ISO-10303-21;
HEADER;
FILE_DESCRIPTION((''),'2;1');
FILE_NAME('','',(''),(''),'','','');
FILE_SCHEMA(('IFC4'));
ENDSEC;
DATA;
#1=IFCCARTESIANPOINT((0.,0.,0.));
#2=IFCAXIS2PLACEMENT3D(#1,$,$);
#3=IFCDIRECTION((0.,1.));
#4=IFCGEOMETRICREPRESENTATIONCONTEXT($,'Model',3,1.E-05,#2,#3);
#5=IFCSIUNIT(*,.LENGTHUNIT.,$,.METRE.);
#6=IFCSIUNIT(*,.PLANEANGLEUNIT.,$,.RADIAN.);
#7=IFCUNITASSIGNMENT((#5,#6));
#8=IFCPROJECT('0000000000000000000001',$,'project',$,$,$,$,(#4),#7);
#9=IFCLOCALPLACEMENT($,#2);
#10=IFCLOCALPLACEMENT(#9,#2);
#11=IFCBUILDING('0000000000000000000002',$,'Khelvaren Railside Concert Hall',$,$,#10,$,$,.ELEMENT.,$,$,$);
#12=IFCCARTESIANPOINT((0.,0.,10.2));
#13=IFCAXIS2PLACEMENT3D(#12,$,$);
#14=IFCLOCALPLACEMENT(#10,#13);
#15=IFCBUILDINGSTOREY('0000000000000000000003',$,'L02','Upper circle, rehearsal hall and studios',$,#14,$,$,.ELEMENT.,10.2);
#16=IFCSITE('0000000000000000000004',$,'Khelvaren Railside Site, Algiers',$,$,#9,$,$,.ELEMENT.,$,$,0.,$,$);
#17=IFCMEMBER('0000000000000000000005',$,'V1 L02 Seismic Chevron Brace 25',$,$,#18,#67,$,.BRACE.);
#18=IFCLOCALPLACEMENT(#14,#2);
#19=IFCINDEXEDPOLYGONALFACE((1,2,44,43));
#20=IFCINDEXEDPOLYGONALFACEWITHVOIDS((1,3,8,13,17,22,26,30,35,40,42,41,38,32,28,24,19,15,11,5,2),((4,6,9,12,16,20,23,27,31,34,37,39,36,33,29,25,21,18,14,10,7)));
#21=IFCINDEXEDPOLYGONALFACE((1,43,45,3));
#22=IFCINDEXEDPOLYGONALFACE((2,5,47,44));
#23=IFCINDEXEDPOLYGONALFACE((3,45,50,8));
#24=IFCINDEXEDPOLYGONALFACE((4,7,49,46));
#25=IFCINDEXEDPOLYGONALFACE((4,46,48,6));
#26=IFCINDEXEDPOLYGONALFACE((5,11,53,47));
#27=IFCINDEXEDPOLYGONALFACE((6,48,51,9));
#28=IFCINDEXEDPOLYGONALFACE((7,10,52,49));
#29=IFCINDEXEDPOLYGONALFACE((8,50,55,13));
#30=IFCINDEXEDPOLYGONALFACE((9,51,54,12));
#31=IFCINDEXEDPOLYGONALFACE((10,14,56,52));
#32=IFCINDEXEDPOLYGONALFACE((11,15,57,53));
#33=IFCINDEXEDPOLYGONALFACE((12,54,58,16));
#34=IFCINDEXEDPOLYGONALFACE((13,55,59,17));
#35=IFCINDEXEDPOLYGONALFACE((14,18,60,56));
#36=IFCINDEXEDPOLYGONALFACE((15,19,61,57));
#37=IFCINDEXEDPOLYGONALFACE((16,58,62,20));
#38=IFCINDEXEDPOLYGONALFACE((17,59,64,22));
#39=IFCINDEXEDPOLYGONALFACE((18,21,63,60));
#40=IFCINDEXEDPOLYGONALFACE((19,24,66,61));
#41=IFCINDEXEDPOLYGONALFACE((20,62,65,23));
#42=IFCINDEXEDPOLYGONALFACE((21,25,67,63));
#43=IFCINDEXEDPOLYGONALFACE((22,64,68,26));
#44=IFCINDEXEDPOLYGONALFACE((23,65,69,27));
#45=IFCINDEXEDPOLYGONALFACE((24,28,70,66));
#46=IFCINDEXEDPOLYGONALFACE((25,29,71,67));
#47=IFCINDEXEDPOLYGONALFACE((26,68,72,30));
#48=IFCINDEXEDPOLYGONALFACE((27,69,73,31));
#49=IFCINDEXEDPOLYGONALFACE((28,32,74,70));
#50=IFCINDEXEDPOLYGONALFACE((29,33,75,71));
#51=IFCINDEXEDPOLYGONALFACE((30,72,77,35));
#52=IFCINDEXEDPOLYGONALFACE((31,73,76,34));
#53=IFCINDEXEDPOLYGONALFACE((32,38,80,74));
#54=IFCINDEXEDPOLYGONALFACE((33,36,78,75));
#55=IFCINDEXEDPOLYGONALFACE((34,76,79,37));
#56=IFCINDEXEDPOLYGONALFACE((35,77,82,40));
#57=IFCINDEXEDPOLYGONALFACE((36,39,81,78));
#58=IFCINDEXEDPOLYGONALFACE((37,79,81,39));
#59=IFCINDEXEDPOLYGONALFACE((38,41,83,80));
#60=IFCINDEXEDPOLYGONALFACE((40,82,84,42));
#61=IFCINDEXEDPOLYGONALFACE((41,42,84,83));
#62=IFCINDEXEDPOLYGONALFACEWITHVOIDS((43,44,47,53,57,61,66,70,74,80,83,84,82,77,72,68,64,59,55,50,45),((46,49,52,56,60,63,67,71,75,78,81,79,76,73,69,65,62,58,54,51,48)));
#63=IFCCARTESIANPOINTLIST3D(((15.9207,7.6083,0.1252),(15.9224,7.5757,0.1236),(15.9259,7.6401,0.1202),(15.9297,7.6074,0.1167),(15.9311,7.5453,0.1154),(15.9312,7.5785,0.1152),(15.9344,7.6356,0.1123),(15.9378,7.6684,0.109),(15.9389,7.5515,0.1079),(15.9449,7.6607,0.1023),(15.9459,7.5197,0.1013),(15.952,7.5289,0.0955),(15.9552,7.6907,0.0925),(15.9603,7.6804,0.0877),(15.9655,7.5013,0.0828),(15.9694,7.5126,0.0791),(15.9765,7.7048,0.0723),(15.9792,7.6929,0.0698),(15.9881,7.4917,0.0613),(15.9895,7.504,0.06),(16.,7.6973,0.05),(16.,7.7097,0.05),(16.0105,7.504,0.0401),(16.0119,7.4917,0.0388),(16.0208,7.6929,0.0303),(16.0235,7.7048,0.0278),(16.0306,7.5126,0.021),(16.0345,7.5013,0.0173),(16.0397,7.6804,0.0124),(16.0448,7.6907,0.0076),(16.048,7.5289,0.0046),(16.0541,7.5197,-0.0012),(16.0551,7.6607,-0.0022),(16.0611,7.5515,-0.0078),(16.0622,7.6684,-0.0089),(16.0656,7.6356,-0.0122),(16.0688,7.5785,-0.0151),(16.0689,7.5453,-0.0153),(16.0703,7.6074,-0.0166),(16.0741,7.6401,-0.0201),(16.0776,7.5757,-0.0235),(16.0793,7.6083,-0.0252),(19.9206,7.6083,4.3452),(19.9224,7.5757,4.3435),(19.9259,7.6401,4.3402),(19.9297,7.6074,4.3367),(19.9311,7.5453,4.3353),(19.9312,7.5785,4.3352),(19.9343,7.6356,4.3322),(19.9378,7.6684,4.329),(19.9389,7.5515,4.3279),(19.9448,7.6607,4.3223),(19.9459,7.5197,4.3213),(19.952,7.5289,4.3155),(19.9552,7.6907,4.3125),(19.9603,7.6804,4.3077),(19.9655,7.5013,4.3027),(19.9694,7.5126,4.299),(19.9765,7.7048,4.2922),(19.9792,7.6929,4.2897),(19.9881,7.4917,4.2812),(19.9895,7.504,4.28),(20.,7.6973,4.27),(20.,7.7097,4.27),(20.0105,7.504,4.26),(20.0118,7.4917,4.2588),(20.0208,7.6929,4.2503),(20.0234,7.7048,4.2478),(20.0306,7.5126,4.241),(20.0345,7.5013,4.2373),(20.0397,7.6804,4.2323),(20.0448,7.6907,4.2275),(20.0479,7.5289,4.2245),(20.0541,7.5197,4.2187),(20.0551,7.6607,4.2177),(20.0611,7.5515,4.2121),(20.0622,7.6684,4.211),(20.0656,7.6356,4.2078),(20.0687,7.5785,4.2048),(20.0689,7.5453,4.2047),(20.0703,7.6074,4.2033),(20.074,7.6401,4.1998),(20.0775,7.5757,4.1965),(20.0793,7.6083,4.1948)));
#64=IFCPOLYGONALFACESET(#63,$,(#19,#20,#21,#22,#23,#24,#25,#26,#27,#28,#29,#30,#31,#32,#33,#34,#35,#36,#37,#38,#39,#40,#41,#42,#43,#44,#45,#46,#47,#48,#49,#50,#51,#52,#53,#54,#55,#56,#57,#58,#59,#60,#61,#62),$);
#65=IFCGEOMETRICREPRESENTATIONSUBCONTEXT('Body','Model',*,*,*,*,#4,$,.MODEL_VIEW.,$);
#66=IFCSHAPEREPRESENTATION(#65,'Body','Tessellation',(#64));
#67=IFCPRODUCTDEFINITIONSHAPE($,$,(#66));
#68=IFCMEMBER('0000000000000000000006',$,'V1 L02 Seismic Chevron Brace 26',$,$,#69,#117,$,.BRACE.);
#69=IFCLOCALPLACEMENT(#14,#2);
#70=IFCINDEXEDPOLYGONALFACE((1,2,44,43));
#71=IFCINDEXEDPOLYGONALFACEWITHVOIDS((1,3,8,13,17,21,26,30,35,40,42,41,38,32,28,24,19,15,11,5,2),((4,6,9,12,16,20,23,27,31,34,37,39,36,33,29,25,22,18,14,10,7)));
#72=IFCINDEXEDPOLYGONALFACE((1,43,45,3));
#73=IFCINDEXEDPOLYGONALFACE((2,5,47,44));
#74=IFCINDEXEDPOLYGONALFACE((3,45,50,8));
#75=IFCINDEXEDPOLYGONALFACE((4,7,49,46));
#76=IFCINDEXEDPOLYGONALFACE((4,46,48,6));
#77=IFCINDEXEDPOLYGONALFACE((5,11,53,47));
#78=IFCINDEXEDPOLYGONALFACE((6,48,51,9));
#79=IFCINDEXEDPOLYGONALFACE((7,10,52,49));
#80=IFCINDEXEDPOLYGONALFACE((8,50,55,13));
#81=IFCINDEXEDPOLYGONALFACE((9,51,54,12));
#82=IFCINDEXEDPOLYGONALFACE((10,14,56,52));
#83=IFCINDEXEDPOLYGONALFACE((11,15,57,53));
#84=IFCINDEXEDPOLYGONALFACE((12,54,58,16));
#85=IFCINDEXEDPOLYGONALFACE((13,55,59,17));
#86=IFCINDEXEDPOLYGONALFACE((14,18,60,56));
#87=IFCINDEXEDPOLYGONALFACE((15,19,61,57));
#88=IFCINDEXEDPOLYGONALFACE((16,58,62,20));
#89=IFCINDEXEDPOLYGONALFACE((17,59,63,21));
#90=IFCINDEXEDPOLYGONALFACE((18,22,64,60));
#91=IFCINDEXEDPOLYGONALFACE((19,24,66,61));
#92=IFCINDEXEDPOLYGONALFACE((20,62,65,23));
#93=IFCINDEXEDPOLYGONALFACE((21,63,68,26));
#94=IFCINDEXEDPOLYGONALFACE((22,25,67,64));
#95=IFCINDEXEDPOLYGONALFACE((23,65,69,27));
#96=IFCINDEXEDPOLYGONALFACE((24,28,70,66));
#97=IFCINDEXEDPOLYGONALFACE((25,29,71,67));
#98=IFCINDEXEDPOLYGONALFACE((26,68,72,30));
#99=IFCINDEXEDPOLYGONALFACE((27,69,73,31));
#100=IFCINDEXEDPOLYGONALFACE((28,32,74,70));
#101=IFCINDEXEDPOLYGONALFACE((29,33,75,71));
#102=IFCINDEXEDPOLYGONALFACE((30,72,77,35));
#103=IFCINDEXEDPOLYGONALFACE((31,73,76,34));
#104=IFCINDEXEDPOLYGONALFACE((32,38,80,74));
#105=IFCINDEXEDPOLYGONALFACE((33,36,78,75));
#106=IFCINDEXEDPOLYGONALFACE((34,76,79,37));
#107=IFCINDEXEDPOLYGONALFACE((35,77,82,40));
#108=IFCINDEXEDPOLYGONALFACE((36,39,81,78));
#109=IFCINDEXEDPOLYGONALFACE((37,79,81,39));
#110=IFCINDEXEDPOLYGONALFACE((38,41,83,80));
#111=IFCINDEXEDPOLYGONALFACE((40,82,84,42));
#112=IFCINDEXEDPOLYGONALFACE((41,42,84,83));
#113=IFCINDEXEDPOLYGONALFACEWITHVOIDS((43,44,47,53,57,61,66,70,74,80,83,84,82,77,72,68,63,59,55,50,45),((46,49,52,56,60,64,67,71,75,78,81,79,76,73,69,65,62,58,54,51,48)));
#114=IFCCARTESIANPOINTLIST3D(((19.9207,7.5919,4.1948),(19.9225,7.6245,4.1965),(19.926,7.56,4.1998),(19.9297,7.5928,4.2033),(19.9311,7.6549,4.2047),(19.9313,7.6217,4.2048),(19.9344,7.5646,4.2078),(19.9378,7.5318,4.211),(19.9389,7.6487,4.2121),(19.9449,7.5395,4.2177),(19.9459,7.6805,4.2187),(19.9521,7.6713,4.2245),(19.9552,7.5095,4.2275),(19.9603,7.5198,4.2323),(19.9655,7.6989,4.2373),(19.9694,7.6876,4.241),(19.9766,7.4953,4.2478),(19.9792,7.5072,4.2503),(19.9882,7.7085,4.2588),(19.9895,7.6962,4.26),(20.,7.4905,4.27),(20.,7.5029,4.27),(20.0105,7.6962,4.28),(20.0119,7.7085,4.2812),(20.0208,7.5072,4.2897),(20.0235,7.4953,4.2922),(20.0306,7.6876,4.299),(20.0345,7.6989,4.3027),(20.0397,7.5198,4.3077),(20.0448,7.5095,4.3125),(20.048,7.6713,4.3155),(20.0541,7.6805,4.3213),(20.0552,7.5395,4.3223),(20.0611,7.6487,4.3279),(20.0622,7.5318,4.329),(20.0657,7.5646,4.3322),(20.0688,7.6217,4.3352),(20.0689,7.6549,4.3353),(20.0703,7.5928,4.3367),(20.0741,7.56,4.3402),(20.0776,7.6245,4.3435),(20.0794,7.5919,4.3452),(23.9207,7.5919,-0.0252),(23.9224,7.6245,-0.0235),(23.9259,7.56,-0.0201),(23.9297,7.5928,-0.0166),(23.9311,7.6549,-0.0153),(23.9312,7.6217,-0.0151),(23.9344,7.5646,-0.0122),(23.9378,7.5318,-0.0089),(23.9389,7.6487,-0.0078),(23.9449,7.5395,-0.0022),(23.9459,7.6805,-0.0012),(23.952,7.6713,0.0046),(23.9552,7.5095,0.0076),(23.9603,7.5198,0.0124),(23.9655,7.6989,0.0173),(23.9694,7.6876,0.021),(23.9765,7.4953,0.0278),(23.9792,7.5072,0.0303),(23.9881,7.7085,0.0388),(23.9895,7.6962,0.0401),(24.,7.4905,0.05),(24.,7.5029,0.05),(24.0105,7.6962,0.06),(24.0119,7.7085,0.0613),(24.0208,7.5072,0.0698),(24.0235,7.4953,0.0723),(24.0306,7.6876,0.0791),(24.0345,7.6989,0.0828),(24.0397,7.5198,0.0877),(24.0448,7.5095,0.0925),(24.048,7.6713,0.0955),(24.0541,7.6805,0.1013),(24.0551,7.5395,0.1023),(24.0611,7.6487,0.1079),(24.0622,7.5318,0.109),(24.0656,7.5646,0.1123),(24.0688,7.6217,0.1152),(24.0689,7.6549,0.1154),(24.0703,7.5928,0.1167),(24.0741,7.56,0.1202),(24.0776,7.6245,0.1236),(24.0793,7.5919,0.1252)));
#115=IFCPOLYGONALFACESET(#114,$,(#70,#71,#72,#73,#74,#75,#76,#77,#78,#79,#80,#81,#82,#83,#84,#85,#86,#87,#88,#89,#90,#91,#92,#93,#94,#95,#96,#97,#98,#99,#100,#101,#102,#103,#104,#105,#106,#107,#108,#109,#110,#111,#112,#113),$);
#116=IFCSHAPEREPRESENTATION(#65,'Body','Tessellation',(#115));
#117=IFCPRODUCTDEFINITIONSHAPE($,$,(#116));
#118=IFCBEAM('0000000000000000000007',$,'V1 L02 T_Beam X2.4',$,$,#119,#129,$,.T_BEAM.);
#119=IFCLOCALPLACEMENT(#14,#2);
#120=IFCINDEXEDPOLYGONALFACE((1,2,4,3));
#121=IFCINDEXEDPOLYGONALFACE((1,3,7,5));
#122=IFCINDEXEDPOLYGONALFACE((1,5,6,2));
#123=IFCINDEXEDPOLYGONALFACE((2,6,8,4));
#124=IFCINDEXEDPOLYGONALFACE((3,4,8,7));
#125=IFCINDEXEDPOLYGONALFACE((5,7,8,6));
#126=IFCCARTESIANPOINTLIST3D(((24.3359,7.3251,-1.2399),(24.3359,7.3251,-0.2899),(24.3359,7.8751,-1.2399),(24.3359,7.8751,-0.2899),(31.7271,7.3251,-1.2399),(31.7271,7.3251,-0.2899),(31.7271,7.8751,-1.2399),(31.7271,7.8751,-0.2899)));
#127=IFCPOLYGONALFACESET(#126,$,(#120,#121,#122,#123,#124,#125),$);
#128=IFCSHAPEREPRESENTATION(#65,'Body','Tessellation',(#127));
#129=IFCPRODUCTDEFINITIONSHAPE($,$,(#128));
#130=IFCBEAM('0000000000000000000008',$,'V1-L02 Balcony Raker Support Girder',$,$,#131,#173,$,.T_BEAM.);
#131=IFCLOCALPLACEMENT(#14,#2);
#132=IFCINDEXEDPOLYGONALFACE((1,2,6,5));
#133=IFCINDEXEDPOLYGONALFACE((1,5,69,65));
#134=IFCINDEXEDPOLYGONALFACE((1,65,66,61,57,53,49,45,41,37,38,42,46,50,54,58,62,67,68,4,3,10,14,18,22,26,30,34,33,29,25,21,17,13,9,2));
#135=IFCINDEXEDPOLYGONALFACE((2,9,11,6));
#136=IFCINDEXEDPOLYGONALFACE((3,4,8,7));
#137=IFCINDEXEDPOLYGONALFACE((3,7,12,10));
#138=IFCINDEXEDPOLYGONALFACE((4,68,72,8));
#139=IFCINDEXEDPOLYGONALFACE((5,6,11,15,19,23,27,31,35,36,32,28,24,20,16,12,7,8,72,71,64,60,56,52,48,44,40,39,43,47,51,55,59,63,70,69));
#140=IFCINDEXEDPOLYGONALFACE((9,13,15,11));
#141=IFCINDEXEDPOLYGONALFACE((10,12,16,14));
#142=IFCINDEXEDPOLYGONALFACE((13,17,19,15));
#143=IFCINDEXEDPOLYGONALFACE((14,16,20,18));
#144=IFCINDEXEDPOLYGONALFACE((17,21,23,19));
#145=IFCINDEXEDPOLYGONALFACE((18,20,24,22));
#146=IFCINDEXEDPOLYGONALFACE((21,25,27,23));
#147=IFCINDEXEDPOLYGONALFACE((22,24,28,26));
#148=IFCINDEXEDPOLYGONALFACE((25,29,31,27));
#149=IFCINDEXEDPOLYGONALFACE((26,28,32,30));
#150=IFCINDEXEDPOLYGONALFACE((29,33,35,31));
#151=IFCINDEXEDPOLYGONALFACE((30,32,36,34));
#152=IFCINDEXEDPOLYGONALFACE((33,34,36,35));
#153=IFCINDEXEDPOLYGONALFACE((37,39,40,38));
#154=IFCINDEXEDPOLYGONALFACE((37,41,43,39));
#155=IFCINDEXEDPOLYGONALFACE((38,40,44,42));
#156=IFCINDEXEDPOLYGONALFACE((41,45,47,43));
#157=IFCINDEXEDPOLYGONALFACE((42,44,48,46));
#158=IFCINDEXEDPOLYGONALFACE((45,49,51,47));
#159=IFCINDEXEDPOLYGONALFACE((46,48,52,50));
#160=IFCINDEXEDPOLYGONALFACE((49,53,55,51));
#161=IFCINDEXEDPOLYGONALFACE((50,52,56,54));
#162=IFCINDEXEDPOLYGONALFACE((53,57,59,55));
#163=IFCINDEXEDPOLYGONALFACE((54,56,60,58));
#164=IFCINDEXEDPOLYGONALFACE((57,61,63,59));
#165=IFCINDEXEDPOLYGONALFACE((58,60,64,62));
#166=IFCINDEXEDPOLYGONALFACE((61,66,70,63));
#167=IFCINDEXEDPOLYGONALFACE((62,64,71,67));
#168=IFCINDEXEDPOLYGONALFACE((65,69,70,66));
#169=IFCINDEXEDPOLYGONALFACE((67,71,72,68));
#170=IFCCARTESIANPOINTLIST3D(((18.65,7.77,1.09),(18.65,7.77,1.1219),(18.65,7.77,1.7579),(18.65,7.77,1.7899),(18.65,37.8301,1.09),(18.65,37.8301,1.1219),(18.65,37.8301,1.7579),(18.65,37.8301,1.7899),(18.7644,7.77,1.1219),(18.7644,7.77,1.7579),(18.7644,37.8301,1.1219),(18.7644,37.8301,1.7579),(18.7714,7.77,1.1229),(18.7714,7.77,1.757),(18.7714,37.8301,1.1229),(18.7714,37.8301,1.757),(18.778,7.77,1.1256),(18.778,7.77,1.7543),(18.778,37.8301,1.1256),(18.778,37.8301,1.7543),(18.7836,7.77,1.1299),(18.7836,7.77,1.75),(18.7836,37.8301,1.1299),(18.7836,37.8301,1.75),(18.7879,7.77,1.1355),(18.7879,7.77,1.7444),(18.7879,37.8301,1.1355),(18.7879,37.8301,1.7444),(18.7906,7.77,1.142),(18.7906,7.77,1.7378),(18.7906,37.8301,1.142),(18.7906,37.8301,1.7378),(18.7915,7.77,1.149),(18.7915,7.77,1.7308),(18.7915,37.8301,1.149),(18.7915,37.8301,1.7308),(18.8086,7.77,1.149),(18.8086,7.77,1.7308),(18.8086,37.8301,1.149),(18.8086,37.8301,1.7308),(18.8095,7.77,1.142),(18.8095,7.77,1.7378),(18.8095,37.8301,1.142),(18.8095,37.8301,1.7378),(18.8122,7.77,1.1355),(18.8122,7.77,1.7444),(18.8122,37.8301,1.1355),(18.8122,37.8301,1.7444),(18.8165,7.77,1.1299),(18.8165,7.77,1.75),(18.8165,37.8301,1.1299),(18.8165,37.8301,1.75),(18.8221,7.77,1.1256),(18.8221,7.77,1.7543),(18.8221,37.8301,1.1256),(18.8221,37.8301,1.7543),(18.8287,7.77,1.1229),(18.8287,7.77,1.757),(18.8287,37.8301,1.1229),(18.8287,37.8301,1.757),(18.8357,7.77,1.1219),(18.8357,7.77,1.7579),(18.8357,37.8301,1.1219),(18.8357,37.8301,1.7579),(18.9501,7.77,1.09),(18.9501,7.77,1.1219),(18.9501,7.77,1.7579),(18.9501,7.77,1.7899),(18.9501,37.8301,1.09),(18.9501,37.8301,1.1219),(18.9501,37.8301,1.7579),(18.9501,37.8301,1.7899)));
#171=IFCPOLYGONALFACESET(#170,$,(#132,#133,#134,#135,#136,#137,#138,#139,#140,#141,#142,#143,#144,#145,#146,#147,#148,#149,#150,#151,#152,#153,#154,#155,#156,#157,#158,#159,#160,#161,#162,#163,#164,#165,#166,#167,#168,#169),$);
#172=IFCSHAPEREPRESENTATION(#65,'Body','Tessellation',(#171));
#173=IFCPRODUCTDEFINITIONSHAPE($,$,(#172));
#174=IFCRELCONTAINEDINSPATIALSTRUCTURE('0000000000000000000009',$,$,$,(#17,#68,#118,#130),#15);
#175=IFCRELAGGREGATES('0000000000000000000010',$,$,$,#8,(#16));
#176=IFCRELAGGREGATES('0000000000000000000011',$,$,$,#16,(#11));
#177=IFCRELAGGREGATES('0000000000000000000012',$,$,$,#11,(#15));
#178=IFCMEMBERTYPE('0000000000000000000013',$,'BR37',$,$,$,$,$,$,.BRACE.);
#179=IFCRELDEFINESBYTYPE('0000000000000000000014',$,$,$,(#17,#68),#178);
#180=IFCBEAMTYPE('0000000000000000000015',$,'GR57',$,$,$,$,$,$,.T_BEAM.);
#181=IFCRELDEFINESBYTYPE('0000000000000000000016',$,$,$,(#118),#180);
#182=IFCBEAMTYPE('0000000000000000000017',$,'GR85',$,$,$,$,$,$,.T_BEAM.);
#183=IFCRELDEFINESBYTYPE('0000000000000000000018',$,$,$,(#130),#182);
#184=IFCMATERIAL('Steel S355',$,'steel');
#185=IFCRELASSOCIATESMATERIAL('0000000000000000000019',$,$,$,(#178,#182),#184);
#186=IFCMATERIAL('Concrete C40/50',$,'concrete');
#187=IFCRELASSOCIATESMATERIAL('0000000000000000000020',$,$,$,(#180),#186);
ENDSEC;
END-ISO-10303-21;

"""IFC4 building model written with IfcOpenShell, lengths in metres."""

from ifc_helpers import new_model, si_unit, direction, frame, origin, origin_2d, place, context, subcontext, project, spatial, rectangle, hollow_circle, i_section, extrude, material, material_profile, profile_set, type_object, element, save


model = new_model("IFC4")

# Units and contexts
model_context = context("Model", 3, precision=1e-05, world=origin(), true_north=direction((0.0, 1.0)))
body_context = subcontext(model_context, "Body", "Model", "MODEL_VIEW")
ifc_project = project(units=[si_unit("LENGTHUNIT", "METRE"), si_unit("PLANEANGLEUNIT", "RADIAN")], contexts=[model_context])

# Site, building, storey
site_placement = place(None, origin())
site = spatial("IfcSite", under=ifc_project, at=site_placement, Name="Khelvaren Railside Site, Algiers", CompositionType="ELEMENT", RefElevation=0.0)
building_placement = place(site_placement, origin())
building = spatial("IfcBuilding", under=site, at=building_placement, Name="Khelvaren Railside Concert Hall", CompositionType="ELEMENT")
storey_placement = place(building_placement, frame((0.0, 0.0, 10.2)))
storey = spatial("IfcBuildingStorey", under=building, at=storey_placement, Name="L02", Description="Upper circle, rehearsal hall and studios", CompositionType="ELEMENT", Elevation=10.2)

# Shared definitions
ifc_material_1 = material(Name="Concrete C40/50", Category="concrete")
ifc_material_2 = material(Name="Steel S355", Category="steel")

# Members
ifc_material_profile_1 = material_profile(ifc_material_2, hollow_circle(Radius=0.1096, WallThickness=0.0125, at=origin_2d()), Name="CHS 219.1x12.5")
ifc_profile_set_1 = profile_set([ifc_material_profile_1], Name="Steel S355")
member_type = type_object("IfcMemberType", Name="BR37", PredefinedType="BRACE", material=ifc_profile_set_1)
for number, where, z_axis, x_axis, name in (
    (1, (16.0, 7.6001, 0.05), (0.687938, 0.0, 0.72577), (0.0, 1.0, 0.0), "V1 L02 Seismic Chevron Brace 25"),
    (2, (24.0, 7.6001, 0.05), (-0.687938, 0.0, 0.72577), (0.0, -1.0, 0.0), "V1 L02 Seismic Chevron Brace 26"),
):
    element("IfcMember", number, at=place(storey_placement, frame(where, z_axis=z_axis, x_axis=x_axis)), inside=storey, type_object=member_type, Name=name, PredefinedType="BRACE", context=body_context, shape_type="SweptSolid", body=[
        extrude(hollow_circle(Radius=0.1096, WallThickness=0.0125, at=origin_2d()), origin(), (0.0, 0.0, 1.0), 5.8145),
    ])

# Beams
ifc_material_profile_2 = material_profile(ifc_material_1, rectangle(XDim=0.55, YDim=0.95, at=origin_2d()), Name="RCB 550x950")
ifc_profile_set_2 = profile_set([ifc_material_profile_2], Name="Concrete C40/50")
beam_type_1 = type_object("IfcBeamType", Name="GR57", PredefinedType="T_BEAM", material=ifc_profile_set_2)
beam_1_placement = place(storey_placement, frame((24.3359, 7.6001, -0.7649), z_axis=(1.0, 0.0, 0.0), x_axis=(0.0, 1.0, 0.0)))
element("IfcBeam", 3, at=beam_1_placement, inside=storey, type_object=beam_type_1, Name="V1 L02 T_Beam X2.4", PredefinedType="T_BEAM", context=body_context, shape_type="SweptSolid", body=[
    extrude(rectangle(XDim=0.55, YDim=0.95, at=origin_2d()), origin(), (0.0, 0.0, 1.0), 7.3911),
])
ifc_material_profile_3 = material_profile(ifc_material_2, i_section(OverallWidth=0.3, OverallDepth=0.7, WebThickness=0.0171, FlangeThickness=0.032, FilletRadius=0.0271, at=origin_2d()), Name="HEB 700")
ifc_profile_set_3 = profile_set([ifc_material_profile_3], Name="Steel S355")
beam_type_2 = type_object("IfcBeamType", Name="GR85", PredefinedType="T_BEAM", material=ifc_profile_set_3)
beam_2_placement = place(storey_placement, frame((18.8, 7.77, 1.4399), z_axis=(0.0, 1.0, 0.0), x_axis=(-1.0, 0.0, 0.0)))
element("IfcBeam", 4, at=beam_2_placement, inside=storey, type_object=beam_type_2, Name="V1-L02 Balcony Raker Support Girder", PredefinedType="T_BEAM", context=body_context, shape_type="SweptSolid", body=[
    extrude(i_section(OverallWidth=0.3, OverallDepth=0.7, WebThickness=0.0171, FlangeThickness=0.032, FilletRadius=0.0271, at=origin_2d()), origin(), (0.0, 0.0, 1.0), 30.0601),
])

save(model, "model.ifc")
